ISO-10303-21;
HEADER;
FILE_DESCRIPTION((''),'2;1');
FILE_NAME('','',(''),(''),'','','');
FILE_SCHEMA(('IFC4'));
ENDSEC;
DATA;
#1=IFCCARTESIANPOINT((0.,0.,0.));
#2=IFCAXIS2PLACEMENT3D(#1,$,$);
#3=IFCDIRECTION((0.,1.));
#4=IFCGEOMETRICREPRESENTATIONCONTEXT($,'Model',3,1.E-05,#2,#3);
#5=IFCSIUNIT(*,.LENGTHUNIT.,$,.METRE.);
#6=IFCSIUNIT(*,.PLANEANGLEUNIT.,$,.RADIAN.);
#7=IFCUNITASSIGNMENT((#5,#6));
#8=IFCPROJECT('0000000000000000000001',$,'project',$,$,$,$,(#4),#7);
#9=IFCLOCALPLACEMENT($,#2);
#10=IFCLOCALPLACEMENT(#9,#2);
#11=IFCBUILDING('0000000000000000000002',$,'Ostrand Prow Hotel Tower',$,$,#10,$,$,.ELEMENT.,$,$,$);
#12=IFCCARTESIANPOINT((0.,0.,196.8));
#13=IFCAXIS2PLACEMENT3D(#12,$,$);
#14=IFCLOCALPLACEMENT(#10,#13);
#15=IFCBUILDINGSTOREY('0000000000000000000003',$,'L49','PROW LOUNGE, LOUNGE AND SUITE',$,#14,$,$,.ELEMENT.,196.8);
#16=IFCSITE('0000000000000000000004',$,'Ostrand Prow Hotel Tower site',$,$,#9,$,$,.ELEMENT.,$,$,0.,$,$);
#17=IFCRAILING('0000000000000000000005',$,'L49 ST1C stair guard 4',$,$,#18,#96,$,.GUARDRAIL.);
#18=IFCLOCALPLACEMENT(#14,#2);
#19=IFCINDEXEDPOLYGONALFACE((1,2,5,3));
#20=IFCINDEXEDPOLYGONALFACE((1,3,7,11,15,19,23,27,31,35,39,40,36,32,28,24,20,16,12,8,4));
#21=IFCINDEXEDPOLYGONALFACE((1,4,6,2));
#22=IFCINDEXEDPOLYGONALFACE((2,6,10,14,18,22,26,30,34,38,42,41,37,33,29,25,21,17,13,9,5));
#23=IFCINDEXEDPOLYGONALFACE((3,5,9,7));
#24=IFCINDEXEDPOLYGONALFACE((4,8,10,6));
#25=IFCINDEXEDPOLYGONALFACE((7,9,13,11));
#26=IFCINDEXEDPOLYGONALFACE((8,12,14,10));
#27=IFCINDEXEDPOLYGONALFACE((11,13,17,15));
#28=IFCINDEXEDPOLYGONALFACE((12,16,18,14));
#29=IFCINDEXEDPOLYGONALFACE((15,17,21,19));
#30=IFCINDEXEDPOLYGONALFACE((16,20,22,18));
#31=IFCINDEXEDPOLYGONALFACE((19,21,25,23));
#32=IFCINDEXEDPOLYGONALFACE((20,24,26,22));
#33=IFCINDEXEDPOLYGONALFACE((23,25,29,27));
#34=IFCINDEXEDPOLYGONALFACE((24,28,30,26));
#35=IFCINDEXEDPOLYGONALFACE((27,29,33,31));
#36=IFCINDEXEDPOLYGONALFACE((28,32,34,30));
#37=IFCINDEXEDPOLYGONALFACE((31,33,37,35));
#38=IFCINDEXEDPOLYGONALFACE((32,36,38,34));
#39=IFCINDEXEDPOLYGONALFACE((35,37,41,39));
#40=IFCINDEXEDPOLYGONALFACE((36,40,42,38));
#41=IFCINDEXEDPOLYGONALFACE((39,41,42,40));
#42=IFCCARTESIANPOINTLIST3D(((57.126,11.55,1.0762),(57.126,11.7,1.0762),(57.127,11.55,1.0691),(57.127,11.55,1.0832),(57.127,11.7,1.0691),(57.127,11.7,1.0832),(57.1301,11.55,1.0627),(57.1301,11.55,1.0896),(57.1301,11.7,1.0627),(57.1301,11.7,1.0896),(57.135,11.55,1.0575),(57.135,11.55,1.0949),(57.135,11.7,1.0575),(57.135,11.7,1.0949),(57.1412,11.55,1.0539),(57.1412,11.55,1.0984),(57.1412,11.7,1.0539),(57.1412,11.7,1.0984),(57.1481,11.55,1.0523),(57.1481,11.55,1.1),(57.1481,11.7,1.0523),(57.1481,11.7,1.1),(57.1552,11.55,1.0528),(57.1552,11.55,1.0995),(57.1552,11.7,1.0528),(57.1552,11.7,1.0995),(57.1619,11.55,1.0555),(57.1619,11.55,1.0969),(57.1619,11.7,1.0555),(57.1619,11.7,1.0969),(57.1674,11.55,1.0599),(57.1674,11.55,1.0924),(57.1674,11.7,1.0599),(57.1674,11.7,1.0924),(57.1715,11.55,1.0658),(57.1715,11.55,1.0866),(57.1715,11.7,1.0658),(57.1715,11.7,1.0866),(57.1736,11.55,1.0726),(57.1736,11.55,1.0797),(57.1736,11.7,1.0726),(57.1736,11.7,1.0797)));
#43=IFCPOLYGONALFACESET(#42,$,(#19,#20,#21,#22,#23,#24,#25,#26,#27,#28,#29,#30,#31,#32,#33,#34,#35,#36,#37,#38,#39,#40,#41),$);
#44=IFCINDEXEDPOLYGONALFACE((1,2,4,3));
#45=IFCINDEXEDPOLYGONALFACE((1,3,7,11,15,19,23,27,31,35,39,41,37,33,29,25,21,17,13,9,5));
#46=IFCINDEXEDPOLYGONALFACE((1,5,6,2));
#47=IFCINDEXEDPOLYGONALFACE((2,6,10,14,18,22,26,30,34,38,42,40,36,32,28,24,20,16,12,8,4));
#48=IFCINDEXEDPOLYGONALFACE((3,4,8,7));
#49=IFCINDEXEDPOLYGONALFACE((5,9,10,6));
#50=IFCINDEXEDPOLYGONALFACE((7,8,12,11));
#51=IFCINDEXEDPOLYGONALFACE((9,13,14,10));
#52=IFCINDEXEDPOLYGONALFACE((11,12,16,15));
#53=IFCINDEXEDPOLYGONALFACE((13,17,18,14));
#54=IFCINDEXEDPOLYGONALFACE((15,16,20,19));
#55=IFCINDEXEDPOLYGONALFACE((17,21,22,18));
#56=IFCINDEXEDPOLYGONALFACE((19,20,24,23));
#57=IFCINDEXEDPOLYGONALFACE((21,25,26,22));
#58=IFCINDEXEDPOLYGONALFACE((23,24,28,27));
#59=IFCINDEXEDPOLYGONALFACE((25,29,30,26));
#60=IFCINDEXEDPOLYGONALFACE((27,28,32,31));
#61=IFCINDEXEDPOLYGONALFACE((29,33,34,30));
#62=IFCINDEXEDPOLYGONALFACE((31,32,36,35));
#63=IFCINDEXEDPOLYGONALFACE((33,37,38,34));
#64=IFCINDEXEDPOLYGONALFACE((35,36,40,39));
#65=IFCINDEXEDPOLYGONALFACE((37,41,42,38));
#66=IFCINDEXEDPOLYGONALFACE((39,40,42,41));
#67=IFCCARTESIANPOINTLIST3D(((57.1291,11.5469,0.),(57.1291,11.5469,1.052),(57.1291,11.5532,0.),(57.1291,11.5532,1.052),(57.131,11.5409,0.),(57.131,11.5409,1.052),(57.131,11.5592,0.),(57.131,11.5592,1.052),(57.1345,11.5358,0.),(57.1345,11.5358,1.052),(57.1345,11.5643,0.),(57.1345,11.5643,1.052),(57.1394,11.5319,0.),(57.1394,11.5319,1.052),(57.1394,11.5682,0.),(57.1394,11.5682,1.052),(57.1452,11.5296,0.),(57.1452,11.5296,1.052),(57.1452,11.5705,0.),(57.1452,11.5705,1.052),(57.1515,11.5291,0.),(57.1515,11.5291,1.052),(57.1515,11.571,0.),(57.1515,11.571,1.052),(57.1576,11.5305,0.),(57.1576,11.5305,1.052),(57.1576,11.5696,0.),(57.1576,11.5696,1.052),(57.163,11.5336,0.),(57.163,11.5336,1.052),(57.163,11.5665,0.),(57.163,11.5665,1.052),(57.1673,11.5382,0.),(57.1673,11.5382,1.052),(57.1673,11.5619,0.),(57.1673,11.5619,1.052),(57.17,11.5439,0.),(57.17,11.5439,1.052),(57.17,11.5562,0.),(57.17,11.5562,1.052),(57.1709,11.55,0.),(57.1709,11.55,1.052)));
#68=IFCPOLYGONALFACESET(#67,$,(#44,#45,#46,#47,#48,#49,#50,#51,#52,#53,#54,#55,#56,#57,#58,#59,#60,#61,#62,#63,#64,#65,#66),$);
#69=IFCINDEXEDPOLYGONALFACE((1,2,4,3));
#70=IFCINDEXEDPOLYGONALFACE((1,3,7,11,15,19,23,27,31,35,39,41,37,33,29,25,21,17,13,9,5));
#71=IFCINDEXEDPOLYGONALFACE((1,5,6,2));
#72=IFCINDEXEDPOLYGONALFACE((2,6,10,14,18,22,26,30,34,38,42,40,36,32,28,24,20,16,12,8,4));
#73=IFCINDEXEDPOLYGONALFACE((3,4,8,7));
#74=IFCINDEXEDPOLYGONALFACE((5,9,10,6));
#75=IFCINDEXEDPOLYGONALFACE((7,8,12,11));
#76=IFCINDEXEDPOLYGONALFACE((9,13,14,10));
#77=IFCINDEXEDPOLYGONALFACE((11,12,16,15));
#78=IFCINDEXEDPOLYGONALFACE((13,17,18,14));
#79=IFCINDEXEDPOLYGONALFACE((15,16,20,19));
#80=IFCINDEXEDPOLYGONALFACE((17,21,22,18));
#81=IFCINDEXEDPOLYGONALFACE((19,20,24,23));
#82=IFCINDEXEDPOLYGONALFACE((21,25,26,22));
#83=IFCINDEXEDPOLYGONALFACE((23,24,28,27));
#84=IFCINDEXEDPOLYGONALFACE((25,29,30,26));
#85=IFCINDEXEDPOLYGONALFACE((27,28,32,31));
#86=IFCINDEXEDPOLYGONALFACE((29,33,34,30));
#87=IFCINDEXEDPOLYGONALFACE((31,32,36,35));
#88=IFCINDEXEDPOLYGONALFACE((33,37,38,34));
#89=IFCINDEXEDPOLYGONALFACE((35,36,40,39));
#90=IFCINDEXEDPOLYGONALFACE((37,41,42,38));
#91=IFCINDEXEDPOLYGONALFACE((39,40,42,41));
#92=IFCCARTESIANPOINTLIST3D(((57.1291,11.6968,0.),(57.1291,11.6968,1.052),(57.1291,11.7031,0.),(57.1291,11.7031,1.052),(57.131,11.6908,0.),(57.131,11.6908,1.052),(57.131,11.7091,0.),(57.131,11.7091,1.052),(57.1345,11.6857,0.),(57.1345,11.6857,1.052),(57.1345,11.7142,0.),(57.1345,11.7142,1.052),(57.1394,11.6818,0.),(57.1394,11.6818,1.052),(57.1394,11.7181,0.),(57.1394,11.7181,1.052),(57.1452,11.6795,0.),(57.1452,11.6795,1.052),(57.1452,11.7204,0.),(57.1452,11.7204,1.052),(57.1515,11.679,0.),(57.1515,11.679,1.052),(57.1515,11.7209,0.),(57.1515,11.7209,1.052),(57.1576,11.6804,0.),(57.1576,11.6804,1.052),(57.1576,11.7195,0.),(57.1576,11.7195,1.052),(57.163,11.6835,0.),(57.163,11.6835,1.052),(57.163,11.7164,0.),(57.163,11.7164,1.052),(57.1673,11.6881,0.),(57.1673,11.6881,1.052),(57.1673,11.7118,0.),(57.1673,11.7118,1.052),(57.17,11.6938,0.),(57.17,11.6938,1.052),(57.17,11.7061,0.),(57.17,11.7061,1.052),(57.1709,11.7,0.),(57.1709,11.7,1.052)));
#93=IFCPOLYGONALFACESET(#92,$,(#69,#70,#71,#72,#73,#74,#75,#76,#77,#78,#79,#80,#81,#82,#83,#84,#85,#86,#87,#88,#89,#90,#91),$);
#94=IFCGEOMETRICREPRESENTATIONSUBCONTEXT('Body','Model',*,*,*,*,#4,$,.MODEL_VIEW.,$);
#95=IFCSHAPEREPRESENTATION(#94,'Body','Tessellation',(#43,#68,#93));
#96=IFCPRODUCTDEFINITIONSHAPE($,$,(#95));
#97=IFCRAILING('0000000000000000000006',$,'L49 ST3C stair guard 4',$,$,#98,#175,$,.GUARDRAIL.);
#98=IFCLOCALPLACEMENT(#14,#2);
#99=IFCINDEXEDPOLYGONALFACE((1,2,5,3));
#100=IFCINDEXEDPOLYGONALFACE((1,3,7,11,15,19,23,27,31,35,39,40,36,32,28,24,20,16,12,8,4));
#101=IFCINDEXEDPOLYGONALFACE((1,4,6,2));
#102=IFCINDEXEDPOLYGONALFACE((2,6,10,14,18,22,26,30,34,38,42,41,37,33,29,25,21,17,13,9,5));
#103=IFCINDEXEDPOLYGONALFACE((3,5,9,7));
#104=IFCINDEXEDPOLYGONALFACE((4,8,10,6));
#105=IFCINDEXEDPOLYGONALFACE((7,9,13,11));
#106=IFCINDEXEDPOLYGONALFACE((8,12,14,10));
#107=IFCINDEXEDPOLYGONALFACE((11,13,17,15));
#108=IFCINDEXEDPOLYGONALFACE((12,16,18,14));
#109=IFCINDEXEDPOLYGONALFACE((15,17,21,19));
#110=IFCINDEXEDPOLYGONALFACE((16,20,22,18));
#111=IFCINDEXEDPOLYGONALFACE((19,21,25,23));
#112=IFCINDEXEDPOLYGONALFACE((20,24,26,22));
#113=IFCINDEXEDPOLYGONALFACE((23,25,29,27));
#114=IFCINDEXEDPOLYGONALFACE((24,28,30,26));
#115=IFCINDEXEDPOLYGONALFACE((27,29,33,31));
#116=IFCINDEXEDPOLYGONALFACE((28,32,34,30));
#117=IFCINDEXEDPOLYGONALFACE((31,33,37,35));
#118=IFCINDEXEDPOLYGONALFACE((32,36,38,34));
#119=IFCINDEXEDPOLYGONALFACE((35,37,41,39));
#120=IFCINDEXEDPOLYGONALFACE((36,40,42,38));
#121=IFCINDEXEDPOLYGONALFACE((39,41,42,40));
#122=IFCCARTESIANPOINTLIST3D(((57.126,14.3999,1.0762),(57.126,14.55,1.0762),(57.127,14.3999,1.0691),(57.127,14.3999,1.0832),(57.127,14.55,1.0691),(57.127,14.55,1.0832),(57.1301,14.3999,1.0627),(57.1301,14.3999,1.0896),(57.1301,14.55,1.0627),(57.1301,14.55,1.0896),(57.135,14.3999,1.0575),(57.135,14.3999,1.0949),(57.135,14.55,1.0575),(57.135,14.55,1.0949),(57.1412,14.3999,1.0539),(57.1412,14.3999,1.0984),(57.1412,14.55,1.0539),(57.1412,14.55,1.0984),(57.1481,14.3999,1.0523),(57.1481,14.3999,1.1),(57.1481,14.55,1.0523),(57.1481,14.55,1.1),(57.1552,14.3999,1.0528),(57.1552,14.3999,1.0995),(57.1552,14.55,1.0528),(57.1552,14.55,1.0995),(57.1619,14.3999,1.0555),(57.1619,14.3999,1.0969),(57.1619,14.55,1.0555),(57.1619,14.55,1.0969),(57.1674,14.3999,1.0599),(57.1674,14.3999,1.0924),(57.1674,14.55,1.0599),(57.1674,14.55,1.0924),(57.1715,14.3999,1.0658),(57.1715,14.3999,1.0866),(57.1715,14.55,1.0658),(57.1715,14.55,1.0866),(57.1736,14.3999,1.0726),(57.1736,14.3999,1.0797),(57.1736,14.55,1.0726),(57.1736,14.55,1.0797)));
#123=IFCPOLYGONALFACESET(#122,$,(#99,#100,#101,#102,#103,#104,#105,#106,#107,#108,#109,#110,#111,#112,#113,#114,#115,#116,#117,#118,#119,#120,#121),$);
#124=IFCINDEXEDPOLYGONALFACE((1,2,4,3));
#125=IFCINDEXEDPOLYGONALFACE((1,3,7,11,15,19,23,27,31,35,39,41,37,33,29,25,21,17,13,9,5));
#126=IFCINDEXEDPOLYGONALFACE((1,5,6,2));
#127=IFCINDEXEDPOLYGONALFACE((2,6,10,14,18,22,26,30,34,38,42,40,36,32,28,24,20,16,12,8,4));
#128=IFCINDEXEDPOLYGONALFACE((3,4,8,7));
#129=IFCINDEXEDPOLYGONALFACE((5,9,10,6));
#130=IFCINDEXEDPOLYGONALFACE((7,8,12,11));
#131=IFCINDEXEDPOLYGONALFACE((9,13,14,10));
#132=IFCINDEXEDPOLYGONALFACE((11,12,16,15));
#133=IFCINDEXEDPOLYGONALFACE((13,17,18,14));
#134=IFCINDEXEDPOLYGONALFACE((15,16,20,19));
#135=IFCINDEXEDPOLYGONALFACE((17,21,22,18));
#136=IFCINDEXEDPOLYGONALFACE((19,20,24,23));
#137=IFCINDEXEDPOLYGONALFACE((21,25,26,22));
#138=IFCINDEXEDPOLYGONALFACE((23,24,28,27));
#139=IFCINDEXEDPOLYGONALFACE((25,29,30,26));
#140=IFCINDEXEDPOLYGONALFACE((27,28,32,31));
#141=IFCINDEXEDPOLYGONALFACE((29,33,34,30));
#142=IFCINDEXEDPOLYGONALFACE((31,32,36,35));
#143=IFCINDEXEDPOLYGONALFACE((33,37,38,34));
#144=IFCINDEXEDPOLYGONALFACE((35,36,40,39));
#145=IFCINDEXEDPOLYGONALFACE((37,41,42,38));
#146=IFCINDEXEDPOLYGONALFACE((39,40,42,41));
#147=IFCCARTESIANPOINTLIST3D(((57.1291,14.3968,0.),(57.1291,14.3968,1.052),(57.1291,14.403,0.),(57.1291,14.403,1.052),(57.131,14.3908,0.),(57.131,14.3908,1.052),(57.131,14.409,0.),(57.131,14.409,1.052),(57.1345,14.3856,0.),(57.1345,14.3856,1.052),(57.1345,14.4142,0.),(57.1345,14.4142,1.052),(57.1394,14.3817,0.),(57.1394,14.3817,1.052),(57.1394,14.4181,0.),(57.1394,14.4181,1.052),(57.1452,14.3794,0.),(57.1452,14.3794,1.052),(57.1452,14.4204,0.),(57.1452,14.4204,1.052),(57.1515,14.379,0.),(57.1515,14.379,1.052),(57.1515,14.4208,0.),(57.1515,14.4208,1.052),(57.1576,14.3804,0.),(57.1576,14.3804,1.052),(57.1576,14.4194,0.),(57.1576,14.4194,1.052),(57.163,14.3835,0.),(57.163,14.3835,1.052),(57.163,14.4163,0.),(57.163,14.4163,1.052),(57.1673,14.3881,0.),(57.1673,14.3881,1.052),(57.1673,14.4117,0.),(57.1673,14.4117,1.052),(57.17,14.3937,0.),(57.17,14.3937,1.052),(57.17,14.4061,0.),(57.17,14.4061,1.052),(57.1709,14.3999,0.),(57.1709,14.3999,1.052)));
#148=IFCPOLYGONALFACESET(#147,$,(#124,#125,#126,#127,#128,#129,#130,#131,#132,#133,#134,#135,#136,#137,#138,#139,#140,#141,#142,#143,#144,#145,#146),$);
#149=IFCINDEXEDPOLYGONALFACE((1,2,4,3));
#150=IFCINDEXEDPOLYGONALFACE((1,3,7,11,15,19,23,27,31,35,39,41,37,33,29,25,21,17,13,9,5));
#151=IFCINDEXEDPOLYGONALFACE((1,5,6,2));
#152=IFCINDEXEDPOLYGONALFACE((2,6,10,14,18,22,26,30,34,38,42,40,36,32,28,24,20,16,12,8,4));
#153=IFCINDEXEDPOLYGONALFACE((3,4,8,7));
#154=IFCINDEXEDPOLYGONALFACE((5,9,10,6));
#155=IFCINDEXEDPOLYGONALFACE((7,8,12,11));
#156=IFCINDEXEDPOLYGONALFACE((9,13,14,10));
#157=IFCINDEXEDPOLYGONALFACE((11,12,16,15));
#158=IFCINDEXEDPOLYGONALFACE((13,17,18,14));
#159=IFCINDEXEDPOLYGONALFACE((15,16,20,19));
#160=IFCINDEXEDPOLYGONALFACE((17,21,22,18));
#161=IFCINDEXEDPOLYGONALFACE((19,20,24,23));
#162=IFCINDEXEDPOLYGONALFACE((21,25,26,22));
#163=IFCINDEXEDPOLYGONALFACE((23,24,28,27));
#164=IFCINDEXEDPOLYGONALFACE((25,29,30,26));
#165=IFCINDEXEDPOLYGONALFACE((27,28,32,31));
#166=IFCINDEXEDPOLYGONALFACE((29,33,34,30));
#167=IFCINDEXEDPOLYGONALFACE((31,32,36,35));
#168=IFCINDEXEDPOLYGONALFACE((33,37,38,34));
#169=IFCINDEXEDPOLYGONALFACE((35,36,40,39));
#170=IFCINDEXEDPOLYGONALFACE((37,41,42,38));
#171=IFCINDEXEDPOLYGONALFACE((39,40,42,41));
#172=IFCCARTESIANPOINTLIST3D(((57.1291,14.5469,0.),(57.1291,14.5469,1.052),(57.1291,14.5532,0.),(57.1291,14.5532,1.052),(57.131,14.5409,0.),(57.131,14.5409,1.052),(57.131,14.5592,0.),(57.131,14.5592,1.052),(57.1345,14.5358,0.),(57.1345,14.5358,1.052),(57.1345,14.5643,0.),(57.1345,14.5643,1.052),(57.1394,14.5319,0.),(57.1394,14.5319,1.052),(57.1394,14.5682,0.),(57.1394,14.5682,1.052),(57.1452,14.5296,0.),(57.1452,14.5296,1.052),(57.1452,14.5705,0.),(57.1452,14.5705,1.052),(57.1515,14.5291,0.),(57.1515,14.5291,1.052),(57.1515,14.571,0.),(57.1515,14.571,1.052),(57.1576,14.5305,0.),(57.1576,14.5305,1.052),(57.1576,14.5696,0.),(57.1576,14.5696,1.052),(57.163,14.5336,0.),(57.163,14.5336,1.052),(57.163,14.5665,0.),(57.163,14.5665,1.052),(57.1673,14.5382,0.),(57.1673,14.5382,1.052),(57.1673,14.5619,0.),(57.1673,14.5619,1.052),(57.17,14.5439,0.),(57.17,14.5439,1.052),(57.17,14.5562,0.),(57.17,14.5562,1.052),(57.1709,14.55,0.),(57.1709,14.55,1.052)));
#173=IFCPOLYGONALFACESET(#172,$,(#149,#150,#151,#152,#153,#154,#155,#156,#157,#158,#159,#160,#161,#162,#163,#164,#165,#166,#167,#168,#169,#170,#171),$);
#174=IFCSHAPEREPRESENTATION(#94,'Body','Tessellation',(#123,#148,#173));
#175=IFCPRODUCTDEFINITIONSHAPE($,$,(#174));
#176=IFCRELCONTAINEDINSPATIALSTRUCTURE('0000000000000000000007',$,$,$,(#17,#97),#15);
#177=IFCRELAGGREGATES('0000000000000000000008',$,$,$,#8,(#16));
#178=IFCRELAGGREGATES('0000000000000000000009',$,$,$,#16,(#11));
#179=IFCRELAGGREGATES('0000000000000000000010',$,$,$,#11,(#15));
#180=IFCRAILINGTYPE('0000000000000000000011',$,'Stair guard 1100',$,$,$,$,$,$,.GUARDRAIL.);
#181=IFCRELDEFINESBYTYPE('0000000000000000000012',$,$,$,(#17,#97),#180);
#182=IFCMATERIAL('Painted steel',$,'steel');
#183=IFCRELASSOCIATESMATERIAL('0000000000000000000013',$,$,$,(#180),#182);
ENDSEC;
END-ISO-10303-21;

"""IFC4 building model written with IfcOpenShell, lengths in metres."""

from ifc_helpers import new_model, si_unit, direction, frame, origin, origin_2d, place, context, subcontext, project, spatial, circle, extrude, material, type_object, element, save


model = new_model("IFC4")

# Units and contexts
model_context = context("Model", 3, precision=1e-05, world=origin(), true_north=direction((0.0, 1.0)))
body_context = subcontext(model_context, "Body", "Model", "MODEL_VIEW")
ifc_project = project(units=[si_unit("LENGTHUNIT", "METRE"), si_unit("PLANEANGLEUNIT", "RADIAN")], contexts=[model_context])

# Site, building, storey
site_placement = place(None, origin())
site = spatial("IfcSite", under=ifc_project, at=site_placement, Name="Ostrand Prow Hotel Tower site", CompositionType="ELEMENT", RefElevation=0.0)
building_placement = place(site_placement, origin())
building = spatial("IfcBuilding", under=site, at=building_placement, Name="Ostrand Prow Hotel Tower", CompositionType="ELEMENT")
storey_placement = place(building_placement, frame((0.0, 0.0, 196.8)))
storey = spatial("IfcBuildingStorey", under=building, at=storey_placement, Name="L49", Description="PROW LOUNGE, LOUNGE AND SUITE", CompositionType="ELEMENT", Elevation=196.8)

# Railings
ifc_material_1 = material(Name="Painted steel", Category="steel")
railing_type_1 = type_object("IfcRailingType", Name="Stair guard 1100", PredefinedType="GUARDRAIL", material=ifc_material_1)
railing_1_placement = place(storey_placement, frame((57.1499, 11.55, 0.0)))
element("IfcRailing", 1, at=railing_1_placement, inside=storey, type_object=railing_type_1, Name="L49 ST1C stair guard 4", PredefinedType="GUARDRAIL", context=body_context, shape_type="SweptSolid", body=[
    extrude(circle(Radius=0.0239, at=origin_2d()), frame((0.0, 0.0, 1.0762), z_axis=(0.0, 1.0, 0.0), x_axis=(-1.0, 0.0, 0.0)), (0.0, 0.0, 1.0), 0.1499),
    extrude(circle(Radius=0.021, at=origin_2d()), origin(), (0.0, 0.0, 1.0), 1.052),
    extrude(circle(Radius=0.021, at=origin_2d()), frame((0.0, 0.1499, 0.0)), (0.0, 0.0, 1.0), 1.052),
])
railing_2_placement = place(storey_placement, frame((57.1499, 14.3999, 0.0)))
element("IfcRailing", 2, at=railing_2_placement, inside=storey, type_object=railing_type_1, Name="L49 ST3C stair guard 4", PredefinedType="GUARDRAIL", context=body_context, shape_type="SweptSolid", body=[
    extrude(circle(Radius=0.0239, at=origin_2d()), frame((0.0, 0.0, 1.0762), z_axis=(0.0, 1.0, 0.0), x_axis=(-1.0, 0.0, 0.0)), (0.0, 0.0, 1.0), 0.1501),
    extrude(circle(Radius=0.021, at=origin_2d()), origin(), (0.0, 0.0, 1.0), 1.052),
    extrude(circle(Radius=0.021, at=origin_2d()), frame((0.0, 0.1501, 0.0)), (0.0, 0.0, 1.0), 1.052),
])

save(model, "model.ifc")
